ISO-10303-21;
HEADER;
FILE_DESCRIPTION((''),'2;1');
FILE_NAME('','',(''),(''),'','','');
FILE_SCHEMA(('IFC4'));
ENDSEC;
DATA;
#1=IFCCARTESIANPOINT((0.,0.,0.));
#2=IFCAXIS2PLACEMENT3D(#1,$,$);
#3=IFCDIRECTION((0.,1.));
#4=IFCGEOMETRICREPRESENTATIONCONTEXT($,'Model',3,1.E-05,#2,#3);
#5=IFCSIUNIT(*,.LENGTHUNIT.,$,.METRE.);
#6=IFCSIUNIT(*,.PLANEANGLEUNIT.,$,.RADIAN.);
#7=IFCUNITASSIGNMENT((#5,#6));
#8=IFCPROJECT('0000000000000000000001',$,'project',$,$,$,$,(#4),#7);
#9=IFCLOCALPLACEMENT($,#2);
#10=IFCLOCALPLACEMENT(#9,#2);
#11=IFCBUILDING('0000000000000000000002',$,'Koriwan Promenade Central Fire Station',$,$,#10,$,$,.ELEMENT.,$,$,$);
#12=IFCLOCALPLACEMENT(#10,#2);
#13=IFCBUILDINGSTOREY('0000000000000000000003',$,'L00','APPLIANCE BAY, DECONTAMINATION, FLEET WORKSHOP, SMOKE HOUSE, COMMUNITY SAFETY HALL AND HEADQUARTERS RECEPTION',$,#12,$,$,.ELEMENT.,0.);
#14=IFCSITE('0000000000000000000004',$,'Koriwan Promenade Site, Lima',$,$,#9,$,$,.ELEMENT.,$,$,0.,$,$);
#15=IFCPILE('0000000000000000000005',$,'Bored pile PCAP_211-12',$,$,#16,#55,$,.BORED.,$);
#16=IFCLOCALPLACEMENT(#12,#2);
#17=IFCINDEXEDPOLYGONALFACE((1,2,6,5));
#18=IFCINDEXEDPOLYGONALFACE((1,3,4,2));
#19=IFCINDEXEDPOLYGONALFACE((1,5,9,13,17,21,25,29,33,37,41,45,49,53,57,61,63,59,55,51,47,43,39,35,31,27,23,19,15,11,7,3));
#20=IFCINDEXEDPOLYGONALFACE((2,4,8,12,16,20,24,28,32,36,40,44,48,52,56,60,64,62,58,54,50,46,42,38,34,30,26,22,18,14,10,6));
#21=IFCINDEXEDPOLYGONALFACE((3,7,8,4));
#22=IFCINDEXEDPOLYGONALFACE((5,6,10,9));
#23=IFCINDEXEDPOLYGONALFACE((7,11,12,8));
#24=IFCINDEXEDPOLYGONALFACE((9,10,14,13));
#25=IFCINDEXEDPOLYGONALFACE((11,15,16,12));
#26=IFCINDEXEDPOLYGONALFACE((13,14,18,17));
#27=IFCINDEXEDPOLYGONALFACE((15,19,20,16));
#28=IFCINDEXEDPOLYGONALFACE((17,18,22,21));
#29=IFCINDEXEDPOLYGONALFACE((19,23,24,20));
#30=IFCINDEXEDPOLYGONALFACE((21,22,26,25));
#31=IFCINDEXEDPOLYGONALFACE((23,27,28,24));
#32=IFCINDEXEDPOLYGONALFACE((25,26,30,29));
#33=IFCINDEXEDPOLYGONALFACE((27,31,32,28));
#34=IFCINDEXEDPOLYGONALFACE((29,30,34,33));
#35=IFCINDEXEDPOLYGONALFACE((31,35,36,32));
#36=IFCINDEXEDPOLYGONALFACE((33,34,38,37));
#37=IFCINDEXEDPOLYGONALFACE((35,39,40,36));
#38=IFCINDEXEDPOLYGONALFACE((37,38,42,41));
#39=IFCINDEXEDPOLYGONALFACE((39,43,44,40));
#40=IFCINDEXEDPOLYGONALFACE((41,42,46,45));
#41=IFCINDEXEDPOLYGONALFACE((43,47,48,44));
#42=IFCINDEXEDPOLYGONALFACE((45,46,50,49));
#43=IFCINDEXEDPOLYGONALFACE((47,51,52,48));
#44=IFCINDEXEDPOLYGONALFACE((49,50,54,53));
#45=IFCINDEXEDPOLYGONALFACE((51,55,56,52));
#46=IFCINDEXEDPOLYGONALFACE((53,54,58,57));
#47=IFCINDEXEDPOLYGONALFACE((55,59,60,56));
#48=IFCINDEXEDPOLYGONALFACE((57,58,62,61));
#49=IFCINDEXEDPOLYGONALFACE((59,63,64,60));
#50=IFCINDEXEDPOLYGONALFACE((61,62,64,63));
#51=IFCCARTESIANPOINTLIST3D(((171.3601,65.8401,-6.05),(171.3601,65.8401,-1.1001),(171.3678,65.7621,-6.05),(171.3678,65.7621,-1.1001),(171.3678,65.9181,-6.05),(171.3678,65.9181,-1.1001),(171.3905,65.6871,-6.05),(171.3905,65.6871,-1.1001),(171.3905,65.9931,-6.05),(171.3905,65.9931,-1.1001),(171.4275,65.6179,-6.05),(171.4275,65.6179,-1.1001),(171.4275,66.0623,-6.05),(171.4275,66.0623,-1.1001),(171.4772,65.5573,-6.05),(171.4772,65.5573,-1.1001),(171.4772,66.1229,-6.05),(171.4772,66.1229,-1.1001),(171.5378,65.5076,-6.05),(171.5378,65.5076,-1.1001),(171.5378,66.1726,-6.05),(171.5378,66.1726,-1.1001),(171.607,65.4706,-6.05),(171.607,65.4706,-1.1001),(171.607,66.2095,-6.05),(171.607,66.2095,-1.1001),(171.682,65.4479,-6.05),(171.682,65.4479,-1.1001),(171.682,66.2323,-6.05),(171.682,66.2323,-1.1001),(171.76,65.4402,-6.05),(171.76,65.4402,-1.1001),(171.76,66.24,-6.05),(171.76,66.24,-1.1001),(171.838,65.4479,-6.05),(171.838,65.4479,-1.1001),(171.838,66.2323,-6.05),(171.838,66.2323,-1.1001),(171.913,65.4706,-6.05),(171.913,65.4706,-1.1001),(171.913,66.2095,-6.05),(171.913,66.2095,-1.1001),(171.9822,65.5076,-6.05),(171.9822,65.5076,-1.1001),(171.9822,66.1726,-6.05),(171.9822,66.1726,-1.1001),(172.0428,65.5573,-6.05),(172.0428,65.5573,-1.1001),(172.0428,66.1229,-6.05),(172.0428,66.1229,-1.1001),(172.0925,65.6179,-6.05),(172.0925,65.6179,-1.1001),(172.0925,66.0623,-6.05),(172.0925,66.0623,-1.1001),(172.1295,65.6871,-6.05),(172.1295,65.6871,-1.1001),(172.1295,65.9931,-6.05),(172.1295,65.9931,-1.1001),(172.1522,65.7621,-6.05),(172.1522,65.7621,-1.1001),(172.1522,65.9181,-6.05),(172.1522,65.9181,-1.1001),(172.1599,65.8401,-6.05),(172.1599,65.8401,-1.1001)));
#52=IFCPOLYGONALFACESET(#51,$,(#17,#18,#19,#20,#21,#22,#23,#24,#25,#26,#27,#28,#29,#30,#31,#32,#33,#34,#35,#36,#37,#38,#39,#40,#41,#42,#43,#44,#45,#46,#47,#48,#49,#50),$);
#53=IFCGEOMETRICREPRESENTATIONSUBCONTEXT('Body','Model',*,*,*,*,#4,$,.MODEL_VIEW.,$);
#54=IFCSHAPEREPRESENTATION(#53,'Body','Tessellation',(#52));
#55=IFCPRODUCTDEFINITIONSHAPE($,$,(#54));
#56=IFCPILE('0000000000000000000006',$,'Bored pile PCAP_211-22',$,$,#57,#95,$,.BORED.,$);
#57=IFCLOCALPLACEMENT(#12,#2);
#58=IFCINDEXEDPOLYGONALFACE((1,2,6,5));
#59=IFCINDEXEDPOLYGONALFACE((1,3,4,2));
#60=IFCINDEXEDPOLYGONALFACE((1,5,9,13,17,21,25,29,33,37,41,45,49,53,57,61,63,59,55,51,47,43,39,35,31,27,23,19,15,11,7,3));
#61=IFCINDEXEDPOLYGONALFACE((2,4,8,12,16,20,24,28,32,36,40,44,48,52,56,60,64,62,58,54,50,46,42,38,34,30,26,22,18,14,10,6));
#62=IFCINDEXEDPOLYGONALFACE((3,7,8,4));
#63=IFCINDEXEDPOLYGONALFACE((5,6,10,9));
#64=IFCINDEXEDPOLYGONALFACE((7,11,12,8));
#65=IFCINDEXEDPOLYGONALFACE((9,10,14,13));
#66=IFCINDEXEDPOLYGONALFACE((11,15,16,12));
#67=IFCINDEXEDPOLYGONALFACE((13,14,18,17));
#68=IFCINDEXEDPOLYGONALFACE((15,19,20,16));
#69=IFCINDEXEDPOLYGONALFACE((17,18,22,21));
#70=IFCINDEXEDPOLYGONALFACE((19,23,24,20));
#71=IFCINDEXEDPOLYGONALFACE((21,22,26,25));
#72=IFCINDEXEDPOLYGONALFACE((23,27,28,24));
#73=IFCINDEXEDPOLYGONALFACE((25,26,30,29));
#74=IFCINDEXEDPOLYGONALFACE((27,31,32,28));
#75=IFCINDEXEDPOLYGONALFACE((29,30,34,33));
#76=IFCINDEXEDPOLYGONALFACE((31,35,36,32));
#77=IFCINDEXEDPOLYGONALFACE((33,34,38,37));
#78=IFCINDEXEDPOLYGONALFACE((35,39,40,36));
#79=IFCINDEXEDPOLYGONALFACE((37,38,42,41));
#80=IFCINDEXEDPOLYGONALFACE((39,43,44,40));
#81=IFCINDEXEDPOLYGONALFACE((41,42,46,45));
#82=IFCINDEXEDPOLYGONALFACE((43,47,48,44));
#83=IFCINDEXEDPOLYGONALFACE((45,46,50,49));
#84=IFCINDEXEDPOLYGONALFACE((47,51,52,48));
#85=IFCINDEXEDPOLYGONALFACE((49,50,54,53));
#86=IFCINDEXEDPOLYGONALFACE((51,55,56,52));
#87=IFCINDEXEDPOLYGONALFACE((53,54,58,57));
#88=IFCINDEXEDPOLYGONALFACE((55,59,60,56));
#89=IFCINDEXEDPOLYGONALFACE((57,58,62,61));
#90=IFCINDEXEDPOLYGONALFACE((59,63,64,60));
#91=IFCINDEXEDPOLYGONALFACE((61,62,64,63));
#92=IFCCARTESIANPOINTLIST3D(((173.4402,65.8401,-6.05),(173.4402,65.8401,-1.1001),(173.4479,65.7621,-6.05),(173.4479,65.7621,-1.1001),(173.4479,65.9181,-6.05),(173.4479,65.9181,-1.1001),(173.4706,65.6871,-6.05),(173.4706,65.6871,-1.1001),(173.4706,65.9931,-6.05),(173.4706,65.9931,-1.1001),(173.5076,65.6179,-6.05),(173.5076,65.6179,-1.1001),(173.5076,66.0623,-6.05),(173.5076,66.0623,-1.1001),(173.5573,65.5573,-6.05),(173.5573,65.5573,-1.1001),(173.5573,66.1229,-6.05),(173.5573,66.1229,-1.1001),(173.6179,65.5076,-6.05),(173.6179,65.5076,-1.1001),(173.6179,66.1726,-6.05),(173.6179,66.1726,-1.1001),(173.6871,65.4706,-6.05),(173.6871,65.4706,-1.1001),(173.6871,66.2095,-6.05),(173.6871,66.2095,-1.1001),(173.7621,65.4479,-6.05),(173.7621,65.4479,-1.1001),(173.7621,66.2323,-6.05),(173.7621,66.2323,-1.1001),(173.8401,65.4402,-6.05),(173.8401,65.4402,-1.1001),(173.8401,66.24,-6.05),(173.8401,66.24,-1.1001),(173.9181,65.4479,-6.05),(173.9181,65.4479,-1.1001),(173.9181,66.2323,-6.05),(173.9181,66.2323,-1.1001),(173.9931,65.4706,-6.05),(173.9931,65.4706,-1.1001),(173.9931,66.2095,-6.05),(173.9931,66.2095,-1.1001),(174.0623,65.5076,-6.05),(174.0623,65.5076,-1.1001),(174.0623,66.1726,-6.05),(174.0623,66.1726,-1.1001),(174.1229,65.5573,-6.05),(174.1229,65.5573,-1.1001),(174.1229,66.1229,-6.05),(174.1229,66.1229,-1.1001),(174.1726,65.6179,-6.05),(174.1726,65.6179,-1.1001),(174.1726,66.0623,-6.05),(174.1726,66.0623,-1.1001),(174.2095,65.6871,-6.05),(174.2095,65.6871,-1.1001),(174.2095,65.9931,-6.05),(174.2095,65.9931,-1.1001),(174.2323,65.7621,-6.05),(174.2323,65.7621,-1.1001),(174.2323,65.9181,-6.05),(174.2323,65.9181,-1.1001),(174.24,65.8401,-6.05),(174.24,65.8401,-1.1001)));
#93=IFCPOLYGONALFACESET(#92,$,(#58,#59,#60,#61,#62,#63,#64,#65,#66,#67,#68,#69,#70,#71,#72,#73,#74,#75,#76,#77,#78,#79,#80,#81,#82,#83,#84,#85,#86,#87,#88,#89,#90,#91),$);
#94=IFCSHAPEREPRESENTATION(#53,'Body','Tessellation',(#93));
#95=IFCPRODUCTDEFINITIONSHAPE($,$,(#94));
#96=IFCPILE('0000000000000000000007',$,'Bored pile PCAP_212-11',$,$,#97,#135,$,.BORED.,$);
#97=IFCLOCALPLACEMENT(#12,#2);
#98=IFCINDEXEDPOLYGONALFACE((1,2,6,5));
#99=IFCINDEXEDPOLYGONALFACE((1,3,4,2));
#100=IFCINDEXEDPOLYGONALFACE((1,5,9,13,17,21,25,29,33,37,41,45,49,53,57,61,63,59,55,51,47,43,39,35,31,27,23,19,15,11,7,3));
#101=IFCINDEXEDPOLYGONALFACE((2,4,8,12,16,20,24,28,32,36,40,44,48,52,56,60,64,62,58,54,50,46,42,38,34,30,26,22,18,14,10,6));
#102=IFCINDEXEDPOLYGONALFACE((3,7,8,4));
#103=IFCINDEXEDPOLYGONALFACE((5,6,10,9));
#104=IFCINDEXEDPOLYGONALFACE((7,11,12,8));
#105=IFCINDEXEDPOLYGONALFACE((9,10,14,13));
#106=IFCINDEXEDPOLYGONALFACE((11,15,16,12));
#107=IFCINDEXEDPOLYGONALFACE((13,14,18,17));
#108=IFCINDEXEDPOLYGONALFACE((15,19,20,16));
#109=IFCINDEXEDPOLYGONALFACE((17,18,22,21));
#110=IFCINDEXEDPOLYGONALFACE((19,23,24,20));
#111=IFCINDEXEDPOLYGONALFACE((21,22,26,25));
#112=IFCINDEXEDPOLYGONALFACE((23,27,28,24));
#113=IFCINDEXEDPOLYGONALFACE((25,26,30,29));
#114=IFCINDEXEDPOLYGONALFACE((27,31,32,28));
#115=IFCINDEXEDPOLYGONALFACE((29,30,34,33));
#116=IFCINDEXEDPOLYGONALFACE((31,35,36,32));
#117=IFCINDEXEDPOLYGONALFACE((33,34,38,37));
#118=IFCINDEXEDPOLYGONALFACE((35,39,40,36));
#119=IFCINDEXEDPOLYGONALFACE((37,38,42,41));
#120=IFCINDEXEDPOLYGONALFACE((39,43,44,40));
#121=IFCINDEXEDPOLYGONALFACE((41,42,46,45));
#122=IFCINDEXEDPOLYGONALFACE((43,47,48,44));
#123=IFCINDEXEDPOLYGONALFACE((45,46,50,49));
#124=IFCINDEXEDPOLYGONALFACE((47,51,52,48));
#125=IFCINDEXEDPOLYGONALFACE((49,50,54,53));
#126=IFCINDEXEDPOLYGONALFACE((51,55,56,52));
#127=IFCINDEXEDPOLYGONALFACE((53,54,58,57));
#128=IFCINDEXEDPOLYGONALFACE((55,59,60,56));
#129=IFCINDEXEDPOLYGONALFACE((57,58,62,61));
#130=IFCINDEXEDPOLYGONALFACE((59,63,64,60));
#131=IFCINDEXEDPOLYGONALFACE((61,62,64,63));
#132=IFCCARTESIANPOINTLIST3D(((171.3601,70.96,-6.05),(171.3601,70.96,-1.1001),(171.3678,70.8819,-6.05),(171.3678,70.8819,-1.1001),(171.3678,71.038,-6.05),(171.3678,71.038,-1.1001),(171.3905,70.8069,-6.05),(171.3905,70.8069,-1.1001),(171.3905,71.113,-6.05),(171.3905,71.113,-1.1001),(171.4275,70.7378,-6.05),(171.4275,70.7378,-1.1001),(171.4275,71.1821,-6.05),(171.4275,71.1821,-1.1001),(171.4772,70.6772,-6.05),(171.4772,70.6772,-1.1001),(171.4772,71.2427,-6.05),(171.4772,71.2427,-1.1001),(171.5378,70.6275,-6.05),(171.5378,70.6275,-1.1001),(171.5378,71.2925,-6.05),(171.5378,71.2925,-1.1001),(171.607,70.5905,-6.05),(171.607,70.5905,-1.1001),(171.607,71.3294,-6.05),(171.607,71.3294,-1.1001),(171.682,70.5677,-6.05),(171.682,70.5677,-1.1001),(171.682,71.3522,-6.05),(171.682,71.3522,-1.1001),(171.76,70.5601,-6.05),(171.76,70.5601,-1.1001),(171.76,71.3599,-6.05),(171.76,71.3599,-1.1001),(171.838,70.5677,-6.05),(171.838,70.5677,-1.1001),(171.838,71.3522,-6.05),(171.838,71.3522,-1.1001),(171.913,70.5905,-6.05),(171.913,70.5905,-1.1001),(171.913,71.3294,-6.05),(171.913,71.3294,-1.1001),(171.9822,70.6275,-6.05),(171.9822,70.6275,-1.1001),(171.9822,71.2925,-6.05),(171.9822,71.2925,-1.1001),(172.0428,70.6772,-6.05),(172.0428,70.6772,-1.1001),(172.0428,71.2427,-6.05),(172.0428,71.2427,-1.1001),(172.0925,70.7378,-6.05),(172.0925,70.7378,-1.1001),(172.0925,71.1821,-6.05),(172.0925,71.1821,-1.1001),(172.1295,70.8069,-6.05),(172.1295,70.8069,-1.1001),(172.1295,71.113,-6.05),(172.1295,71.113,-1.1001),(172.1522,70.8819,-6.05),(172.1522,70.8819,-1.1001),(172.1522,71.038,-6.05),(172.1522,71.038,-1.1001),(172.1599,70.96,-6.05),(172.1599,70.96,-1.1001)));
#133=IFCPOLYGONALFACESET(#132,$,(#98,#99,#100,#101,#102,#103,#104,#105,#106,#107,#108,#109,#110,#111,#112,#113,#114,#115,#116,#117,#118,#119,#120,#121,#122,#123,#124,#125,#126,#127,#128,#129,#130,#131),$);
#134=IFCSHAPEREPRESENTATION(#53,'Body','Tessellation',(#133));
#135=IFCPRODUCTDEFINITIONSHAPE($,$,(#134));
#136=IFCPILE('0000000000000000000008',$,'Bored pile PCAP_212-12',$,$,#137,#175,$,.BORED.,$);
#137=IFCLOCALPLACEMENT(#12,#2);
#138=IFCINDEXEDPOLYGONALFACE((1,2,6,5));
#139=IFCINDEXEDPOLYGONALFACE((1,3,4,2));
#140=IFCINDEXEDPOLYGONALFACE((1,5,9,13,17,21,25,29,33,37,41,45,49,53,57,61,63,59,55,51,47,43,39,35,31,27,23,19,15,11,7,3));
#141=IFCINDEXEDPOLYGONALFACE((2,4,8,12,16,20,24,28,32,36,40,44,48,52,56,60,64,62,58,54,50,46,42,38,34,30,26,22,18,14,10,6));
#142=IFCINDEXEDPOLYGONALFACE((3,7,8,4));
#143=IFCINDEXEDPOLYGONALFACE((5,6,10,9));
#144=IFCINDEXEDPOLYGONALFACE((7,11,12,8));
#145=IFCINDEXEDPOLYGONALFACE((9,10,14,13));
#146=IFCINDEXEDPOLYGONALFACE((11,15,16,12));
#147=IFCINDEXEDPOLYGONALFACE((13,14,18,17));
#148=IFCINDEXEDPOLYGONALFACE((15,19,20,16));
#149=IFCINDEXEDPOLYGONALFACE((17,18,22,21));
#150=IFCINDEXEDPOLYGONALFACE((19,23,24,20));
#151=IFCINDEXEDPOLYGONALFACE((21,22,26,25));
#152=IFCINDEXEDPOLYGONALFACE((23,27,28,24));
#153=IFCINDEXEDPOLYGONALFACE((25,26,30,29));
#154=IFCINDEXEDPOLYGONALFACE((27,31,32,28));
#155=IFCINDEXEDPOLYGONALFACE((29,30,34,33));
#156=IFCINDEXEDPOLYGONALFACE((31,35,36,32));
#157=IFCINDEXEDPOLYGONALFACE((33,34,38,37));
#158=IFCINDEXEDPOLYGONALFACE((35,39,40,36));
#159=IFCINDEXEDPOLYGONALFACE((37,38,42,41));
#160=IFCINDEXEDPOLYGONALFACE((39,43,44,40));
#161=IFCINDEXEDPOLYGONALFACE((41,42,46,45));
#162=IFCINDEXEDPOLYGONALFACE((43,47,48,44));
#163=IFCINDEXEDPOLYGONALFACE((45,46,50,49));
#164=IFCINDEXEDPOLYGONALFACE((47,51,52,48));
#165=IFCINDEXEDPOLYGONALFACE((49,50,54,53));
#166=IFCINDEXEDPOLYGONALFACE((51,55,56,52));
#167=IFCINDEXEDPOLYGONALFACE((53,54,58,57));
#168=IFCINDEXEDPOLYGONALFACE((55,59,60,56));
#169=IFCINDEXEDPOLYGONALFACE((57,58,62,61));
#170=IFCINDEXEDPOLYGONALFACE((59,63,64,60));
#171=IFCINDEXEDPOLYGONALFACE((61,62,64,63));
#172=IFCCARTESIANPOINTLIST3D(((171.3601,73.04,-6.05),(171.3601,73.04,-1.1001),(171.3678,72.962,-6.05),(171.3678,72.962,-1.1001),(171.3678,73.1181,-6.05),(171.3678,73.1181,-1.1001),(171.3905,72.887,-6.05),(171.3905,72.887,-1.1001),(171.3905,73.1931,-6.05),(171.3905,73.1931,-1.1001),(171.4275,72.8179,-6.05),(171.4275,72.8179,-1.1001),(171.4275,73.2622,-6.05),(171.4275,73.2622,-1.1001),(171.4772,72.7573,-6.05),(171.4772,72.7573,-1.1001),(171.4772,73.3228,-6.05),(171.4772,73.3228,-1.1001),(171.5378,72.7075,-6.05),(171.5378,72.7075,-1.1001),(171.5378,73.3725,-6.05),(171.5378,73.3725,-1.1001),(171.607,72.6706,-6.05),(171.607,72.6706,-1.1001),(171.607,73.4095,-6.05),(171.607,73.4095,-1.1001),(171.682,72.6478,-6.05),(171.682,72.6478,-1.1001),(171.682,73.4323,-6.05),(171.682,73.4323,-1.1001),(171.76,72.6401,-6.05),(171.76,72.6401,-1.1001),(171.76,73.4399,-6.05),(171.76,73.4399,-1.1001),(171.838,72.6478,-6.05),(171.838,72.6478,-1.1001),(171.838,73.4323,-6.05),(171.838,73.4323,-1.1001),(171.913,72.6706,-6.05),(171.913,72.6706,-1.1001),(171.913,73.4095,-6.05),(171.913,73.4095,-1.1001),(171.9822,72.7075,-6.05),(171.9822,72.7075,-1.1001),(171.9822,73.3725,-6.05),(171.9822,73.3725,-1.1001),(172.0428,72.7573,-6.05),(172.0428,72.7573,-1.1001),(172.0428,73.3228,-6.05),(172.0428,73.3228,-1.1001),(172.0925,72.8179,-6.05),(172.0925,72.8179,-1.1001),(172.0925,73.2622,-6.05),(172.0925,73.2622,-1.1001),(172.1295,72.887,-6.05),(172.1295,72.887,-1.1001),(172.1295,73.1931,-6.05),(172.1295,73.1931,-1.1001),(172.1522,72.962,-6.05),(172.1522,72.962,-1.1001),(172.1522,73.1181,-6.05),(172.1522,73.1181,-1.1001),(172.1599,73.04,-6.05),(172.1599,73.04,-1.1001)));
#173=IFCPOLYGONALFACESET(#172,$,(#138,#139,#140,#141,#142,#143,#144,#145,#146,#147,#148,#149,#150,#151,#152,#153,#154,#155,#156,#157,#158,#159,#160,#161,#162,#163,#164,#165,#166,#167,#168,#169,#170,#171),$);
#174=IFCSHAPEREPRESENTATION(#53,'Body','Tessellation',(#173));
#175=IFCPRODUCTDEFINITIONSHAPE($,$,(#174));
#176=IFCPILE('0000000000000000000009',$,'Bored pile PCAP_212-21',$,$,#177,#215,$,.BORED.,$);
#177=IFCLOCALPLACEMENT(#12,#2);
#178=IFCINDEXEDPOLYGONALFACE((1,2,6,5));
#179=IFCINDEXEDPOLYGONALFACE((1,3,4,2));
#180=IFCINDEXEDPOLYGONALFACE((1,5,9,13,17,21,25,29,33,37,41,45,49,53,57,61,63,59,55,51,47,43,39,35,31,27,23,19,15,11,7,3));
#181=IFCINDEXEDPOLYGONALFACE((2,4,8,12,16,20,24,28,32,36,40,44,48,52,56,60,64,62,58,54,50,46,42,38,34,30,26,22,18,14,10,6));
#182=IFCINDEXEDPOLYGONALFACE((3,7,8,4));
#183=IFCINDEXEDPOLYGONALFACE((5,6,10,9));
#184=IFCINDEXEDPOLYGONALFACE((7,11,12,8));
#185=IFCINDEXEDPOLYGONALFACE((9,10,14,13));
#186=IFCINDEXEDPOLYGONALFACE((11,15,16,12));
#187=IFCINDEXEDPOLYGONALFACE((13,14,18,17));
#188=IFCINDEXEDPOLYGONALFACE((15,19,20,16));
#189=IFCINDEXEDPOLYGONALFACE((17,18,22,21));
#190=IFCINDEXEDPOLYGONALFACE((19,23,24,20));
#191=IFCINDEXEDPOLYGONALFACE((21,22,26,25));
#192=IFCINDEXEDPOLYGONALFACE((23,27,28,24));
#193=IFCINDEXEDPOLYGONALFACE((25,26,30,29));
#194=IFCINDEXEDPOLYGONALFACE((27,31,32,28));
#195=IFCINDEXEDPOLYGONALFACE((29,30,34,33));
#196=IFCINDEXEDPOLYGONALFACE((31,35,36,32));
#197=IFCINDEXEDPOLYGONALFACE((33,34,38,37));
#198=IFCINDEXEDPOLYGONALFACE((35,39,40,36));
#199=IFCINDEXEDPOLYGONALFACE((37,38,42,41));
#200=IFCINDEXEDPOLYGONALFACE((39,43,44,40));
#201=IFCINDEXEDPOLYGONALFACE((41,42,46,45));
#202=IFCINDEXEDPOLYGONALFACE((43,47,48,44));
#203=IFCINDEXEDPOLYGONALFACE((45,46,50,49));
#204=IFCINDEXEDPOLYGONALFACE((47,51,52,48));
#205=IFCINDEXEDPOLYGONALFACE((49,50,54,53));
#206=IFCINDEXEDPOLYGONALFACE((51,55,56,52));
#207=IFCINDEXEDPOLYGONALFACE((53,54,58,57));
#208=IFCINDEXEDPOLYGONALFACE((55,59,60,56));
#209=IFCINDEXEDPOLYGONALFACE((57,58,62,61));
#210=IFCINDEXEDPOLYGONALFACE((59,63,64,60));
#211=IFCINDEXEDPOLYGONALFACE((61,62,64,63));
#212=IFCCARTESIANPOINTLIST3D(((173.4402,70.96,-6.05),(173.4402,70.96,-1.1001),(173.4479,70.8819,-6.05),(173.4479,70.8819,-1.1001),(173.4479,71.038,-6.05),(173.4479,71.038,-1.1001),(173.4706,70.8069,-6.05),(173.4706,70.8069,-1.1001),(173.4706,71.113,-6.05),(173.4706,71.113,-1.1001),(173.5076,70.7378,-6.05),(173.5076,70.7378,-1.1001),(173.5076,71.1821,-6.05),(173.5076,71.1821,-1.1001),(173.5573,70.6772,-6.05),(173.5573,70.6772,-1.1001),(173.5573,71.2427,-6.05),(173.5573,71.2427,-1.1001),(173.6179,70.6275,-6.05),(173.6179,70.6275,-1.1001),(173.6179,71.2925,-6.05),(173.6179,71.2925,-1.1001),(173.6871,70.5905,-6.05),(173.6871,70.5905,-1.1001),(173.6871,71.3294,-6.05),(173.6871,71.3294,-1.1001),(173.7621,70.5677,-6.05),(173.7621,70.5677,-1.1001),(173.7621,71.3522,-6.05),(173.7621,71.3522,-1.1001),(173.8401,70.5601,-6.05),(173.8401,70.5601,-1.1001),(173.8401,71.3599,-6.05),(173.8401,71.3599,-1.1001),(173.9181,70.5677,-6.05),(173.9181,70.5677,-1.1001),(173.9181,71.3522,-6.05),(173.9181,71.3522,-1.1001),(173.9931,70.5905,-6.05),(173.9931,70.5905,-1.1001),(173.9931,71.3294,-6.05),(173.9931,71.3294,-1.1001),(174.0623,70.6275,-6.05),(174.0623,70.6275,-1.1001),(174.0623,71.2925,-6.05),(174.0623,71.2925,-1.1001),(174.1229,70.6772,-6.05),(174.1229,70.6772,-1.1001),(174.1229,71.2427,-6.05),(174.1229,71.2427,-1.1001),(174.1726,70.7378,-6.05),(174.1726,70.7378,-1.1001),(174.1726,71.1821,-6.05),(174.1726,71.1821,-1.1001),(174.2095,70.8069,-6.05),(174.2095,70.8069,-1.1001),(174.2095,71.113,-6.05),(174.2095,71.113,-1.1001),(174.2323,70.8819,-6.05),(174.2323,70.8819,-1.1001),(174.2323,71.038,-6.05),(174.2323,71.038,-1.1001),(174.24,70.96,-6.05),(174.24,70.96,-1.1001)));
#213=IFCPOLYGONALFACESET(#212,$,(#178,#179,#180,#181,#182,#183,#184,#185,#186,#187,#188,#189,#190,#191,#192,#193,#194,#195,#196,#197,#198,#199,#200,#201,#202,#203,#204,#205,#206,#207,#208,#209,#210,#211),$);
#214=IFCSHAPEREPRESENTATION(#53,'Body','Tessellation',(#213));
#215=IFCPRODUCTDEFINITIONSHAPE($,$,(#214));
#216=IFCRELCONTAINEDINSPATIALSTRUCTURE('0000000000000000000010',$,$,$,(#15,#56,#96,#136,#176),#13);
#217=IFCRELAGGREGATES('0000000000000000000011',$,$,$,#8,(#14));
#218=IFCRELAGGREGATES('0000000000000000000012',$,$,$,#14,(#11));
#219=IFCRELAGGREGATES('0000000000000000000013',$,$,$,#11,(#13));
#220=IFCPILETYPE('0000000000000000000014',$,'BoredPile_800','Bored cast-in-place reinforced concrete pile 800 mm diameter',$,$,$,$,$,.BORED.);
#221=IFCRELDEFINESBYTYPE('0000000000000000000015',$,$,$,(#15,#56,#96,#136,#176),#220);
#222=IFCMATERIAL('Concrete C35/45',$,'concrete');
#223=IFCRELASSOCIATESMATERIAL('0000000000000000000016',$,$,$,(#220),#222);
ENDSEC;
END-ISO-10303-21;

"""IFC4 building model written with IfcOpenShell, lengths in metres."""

from ifc_helpers import new_model, si_unit, direction, frame, origin, origin_2d, place, context, subcontext, project, spatial, circle, extrude, material, material_profile, profile_set, type_object, element, save


model = new_model("IFC4")

# Units and contexts
model_context = context("Model", 3, precision=1e-05, world=origin(), true_north=direction((0.0, 1.0)))
body_context = subcontext(model_context, "Body", "Model", "MODEL_VIEW")
ifc_project = project(units=[si_unit("LENGTHUNIT", "METRE"), si_unit("PLANEANGLEUNIT", "RADIAN")], contexts=[model_context])

# Site, building, storey
site_placement = place(None, origin())
site = spatial("IfcSite", under=ifc_project, at=site_placement, Name="Koriwan Promenade Site, Lima", CompositionType="ELEMENT", RefElevation=0.0)
building_placement = place(site_placement, origin())
building = spatial("IfcBuilding", under=site, at=building_placement, Name="Koriwan Promenade Central Fire Station", CompositionType="ELEMENT")
storey_placement = place(building_placement, origin())
storey = spatial("IfcBuildingStorey", under=building, at=storey_placement, Name="L00", Description="APPLIANCE BAY, DECONTAMINATION, FLEET WORKSHOP, SMOKE HOUSE, COMMUNITY SAFETY HALL AND HEADQUARTERS RECEPTION", CompositionType="ELEMENT", Elevation=0.0)

# Piles
ifc_material_1 = material(Name="Concrete C35/45", Category="concrete")
ifc_material_profile_1 = material_profile(ifc_material_1, circle(Radius=0.3999, at=origin_2d()), Name="PILE-D800")
ifc_profile_set_1 = profile_set([ifc_material_profile_1], Name="Concrete C35/45")
pile_type = type_object("IfcPileType", Name="BoredPile_800", Description="Bored cast-in-place reinforced concrete pile 800 mm diameter", PredefinedType="BORED", material=ifc_profile_set_1)
for number, where, z_axis, x_axis, name in (
    (1, (171.76, 65.8401, -1.1001), (0.0, 0.0, -1.0), (1.0, 0.0, 0.0), "Bored pile PCAP_211-12"),
    (2, (173.8401, 65.8401, -1.1001), (0.0, 0.0, -1.0), (1.0, 0.0, 0.0), "Bored pile PCAP_211-22"),
    (3, (171.76, 70.96, -1.1001), (0.0, 0.0, -1.0), (1.0, 0.0, 0.0), "Bored pile PCAP_212-11"),
    (4, (171.76, 73.04, -1.1001), (0.0, 0.0, -1.0), (1.0, 0.0, 0.0), "Bored pile PCAP_212-12"),
    (5, (173.8401, 70.96, -1.1001), (0.0, 0.0, -1.0), (1.0, 0.0, 0.0), "Bored pile PCAP_212-21"),
):
    element("IfcPile", number, at=place(storey_placement, frame(where, z_axis=z_axis, x_axis=x_axis)), inside=storey, type_object=pile_type, Name=name, PredefinedType="BORED", context=body_context, shape_type="SweptSolid", body=[
        extrude(circle(Radius=0.3999, at=origin_2d()), origin(), (0.0, 0.0, 1.0), 4.95),
    ])

save(model, "model.ifc")
